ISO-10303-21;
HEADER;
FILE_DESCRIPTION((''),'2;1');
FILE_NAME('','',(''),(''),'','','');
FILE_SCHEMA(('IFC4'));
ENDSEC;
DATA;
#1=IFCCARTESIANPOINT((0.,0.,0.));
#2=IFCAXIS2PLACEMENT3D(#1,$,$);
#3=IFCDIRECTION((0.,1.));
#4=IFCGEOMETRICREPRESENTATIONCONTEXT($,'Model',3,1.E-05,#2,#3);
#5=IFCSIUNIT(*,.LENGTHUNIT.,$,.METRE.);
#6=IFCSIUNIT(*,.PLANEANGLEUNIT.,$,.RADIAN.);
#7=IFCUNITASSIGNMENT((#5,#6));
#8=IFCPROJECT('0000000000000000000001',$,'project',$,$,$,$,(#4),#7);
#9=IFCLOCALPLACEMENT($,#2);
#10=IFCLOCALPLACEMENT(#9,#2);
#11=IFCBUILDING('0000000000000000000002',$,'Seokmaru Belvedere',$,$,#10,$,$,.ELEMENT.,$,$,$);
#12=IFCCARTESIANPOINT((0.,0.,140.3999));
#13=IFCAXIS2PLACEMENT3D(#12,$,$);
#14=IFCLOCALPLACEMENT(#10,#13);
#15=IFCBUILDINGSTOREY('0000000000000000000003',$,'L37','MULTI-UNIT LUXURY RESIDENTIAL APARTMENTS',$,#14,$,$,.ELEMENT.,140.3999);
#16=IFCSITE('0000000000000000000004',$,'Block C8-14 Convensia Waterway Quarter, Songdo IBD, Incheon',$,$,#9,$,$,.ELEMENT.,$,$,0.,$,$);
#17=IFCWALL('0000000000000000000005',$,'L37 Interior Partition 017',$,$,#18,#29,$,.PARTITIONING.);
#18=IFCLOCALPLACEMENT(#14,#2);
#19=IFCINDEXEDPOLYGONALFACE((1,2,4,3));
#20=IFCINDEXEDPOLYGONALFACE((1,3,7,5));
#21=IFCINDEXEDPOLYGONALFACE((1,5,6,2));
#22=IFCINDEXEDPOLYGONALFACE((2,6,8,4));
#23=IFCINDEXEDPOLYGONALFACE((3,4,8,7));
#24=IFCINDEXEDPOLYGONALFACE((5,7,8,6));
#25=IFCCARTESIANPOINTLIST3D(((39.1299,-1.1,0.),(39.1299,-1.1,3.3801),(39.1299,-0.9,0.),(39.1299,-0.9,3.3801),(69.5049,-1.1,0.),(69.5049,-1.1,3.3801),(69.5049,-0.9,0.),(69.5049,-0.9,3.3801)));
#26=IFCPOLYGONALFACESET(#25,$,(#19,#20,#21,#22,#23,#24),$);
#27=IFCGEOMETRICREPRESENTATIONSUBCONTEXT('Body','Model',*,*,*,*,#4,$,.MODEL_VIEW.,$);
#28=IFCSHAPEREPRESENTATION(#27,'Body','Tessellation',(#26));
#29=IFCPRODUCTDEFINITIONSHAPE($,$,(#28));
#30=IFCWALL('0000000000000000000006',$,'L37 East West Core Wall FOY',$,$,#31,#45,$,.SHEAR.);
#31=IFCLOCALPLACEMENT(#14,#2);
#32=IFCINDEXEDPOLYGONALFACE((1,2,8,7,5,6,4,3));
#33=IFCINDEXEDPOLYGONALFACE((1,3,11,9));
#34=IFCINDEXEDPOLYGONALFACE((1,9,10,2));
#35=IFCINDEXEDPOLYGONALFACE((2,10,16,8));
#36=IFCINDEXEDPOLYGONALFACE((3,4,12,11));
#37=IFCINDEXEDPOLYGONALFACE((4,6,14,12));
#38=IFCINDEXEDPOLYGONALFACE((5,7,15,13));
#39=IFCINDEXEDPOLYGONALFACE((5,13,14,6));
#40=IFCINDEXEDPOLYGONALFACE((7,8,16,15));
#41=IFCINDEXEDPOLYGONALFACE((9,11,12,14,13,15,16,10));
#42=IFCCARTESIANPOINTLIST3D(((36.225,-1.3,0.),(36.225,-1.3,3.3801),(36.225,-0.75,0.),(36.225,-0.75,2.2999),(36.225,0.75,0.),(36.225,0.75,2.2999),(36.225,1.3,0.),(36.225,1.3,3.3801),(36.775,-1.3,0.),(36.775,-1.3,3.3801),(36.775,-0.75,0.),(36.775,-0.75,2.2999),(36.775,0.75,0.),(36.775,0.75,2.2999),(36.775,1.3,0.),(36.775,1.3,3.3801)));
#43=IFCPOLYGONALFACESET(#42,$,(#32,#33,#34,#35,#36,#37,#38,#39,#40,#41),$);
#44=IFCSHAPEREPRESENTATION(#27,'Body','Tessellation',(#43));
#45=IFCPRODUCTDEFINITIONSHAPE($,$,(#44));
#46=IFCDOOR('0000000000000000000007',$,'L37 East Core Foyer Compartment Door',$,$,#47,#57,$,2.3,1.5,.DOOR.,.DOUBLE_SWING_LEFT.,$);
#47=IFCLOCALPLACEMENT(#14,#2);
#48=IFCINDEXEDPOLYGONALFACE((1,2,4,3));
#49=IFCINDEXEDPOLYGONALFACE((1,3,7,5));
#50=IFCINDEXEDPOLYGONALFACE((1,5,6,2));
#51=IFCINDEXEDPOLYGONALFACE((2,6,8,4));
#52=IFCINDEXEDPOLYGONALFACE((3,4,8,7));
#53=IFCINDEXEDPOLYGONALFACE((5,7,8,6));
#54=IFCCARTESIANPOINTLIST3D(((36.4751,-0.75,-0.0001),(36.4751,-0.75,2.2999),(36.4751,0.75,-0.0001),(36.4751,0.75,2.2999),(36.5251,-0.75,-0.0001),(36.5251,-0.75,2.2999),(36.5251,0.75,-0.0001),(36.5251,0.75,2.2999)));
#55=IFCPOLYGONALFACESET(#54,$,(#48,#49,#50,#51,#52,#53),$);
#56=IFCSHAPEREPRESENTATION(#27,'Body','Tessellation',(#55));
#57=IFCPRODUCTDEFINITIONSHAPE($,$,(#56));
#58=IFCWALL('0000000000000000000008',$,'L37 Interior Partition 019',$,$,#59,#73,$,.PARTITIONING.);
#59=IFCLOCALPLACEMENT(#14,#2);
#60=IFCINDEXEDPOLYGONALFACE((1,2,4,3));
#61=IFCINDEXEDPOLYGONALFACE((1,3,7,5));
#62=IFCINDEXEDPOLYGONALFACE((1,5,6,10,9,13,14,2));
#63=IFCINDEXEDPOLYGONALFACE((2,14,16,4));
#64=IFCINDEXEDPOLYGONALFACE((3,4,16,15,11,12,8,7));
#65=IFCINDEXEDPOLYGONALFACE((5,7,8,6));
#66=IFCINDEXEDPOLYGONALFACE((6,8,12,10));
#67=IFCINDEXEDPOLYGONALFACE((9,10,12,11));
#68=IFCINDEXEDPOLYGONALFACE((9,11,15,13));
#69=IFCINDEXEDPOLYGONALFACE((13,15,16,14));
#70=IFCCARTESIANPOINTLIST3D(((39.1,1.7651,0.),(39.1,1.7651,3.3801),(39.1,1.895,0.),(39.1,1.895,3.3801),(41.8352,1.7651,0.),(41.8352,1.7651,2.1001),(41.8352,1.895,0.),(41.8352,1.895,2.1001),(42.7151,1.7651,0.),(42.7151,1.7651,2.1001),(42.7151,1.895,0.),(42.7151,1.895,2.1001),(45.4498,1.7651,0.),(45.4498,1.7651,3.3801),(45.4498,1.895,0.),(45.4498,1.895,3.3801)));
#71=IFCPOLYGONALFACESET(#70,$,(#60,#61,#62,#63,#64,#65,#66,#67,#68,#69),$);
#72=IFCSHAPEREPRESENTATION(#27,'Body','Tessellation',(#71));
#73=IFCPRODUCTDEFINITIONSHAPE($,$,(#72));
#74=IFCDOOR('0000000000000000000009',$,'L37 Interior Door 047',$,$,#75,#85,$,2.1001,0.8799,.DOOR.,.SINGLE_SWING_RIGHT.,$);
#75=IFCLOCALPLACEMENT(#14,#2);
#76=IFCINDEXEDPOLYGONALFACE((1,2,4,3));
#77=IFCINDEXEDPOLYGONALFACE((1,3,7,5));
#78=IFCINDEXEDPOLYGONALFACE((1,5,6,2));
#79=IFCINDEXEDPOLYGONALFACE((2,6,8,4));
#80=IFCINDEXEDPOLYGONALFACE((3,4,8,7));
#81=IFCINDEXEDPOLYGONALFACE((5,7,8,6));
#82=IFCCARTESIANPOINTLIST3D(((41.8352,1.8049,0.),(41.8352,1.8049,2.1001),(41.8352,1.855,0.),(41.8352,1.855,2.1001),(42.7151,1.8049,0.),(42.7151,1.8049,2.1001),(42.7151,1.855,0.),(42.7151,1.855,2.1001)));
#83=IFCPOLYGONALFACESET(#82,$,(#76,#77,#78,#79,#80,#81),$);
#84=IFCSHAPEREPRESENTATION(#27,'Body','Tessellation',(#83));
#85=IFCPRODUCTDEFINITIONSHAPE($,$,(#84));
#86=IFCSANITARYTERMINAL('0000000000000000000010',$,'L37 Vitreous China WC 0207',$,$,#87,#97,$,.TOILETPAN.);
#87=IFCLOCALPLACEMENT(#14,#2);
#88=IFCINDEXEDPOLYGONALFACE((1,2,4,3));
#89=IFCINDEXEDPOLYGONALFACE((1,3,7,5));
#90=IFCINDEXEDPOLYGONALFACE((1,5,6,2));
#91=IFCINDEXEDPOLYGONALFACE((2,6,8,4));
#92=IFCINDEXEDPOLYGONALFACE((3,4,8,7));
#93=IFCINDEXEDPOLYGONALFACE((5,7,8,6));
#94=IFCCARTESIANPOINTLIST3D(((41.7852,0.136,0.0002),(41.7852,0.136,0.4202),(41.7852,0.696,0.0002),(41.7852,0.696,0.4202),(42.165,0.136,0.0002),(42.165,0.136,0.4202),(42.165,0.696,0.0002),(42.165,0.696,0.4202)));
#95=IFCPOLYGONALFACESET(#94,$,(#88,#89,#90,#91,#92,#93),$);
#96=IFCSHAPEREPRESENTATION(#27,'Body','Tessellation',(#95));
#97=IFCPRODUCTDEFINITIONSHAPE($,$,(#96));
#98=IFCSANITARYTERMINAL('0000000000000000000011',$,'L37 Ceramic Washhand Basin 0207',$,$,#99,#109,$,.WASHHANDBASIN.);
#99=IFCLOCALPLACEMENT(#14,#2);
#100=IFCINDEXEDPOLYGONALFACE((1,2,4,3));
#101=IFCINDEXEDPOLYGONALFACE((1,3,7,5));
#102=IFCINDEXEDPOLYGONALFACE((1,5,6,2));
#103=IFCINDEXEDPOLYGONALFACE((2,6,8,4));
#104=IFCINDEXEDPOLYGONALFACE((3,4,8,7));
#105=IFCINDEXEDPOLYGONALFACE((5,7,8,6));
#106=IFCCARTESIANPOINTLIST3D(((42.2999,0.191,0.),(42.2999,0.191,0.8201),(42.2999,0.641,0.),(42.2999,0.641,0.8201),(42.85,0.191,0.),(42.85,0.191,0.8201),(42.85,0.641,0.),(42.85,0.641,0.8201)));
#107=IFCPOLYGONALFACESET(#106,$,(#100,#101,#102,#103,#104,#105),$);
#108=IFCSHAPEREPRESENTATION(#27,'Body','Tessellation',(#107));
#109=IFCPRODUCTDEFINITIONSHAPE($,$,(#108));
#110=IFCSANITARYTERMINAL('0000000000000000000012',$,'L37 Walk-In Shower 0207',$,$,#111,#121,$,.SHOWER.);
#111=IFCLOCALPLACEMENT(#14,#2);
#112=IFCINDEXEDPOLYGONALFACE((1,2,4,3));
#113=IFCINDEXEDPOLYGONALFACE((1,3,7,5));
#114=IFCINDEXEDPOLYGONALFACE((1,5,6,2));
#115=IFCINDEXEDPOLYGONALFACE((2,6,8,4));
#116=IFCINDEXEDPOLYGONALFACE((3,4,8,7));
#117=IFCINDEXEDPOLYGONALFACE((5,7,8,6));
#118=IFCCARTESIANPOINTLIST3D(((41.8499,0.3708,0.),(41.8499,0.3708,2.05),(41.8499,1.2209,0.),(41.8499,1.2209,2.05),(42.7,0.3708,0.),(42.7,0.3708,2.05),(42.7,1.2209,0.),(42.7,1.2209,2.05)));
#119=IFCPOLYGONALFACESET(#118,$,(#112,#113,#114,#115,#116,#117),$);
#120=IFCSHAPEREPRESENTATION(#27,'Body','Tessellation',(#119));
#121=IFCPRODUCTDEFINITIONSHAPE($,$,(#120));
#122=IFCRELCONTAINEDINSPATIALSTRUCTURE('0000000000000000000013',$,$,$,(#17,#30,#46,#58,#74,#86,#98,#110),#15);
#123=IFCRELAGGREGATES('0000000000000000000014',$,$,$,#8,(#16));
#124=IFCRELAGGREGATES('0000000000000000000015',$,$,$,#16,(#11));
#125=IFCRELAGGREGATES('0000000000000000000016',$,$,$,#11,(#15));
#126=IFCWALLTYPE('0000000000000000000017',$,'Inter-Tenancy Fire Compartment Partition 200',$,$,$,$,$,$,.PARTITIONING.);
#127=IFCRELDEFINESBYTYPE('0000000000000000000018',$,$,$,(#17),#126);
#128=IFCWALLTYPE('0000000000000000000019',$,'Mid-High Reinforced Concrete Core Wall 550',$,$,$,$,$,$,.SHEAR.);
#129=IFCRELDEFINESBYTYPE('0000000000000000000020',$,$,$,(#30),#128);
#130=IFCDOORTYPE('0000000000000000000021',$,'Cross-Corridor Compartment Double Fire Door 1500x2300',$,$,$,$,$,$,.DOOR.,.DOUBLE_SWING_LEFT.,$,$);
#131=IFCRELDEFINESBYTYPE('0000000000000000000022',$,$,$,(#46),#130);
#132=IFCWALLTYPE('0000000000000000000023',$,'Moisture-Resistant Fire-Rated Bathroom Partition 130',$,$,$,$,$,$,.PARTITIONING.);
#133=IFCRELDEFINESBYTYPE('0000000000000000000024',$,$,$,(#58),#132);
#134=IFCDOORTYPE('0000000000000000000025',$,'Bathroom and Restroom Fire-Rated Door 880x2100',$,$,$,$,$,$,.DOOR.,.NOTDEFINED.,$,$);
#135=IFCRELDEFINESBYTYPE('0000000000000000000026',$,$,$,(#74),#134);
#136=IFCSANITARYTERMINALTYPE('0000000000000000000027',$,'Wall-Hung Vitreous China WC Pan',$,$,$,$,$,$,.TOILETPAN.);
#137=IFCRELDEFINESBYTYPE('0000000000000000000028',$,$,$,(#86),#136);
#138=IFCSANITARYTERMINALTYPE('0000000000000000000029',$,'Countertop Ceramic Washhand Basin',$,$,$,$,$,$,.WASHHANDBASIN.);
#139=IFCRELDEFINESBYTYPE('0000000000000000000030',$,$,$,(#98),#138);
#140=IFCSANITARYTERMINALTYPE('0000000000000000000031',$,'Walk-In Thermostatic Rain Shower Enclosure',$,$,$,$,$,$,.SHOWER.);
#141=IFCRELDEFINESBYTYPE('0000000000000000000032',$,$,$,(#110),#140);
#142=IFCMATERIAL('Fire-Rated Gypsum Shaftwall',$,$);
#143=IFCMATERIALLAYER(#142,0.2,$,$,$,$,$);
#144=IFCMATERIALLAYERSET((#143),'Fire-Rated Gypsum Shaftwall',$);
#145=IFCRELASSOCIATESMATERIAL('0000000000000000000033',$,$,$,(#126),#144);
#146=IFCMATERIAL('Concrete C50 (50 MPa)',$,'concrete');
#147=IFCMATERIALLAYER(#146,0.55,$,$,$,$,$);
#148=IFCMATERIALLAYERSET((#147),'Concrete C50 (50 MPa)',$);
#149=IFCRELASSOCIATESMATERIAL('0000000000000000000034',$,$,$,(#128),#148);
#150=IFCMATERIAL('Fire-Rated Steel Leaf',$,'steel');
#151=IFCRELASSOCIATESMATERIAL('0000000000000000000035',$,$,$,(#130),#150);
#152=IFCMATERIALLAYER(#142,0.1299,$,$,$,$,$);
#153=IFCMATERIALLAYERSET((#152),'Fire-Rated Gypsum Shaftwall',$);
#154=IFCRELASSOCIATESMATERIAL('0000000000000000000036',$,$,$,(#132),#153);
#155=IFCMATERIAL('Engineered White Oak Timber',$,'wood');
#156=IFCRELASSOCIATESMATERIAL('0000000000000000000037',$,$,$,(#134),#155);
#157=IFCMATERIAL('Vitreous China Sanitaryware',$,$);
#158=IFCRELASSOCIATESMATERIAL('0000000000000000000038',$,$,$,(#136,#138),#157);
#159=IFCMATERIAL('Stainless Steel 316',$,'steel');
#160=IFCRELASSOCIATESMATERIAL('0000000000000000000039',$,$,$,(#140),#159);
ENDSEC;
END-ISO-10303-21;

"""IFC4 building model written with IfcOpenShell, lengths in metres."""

from ifc_helpers import new_model, si_unit, direction, frame, frame_2d, origin, origin_2d, place, context, subcontext, project, spatial, rectangle, extrude, source, transform, mapped, material, layer, layer_set, type_object, type_shapes, element, fill, save


model = new_model("IFC4")

# Units and contexts
model_context = context("Model", 3, precision=1e-05, world=origin(), true_north=direction((0.0, 1.0)))
body_context = subcontext(model_context, "Body", "Model", "MODEL_VIEW")
ifc_project = project(units=[si_unit("LENGTHUNIT", "METRE"), si_unit("PLANEANGLEUNIT", "RADIAN")], contexts=[model_context])

# Site, building, storey
site_placement = place(None, origin())
site = spatial("IfcSite", under=ifc_project, at=site_placement, Name="Block C8-14 Convensia Waterway Quarter, Songdo IBD, Incheon", CompositionType="ELEMENT", RefElevation=0.0)
building_placement = place(site_placement, origin())
building = spatial("IfcBuilding", under=site, at=building_placement, Name="Seokmaru Belvedere", CompositionType="ELEMENT")
storey_placement = place(building_placement, frame((0.0, 0.0, 140.3999)))
storey = spatial("IfcBuildingStorey", under=building, at=storey_placement, Name="L37", Description="MULTI-UNIT LUXURY RESIDENTIAL APARTMENTS", CompositionType="ELEMENT", Elevation=140.3999)

# Shared definitions
ifc_material_1 = material(Name="Fire-Rated Gypsum Shaftwall")
ifc_material_2 = material(Name="Engineered White Oak Timber", Category="wood")

# Wall
ifc_layer_1 = layer(ifc_material_1, 0.2)
ifc_layer_set_1 = layer_set([ifc_layer_1], Name="Fire-Rated Gypsum Shaftwall")
wall_type_1 = type_object("IfcWallType", Name="Inter-Tenancy Fire Compartment Partition 200", PredefinedType="PARTITIONING", material=ifc_layer_set_1)
wall_1_placement = place(storey_placement, frame((39.1299, -1.0, 0.0), z_axis=(0.0, 0.0, 1.0), x_axis=(1.0, 0.0, 0.0)))
element("IfcWall", 1, at=wall_1_placement, inside=storey, type_object=wall_type_1, Name="L37 Interior Partition 017", PredefinedType="PARTITIONING", context=body_context, shape_type="SweptSolid", body=[
    extrude(rectangle(XDim=30.375, YDim=0.2, at=frame_2d((15.1875, 0.0))), origin(), (0.0, 0.0, 1.0), 3.3801),
])

# Walls, openings, doors
ifc_material_3 = material(Name="Concrete C50 (50 MPa)", Category="concrete")
ifc_layer_2 = layer(ifc_material_3, 0.55)
ifc_layer_set_2 = layer_set([ifc_layer_2], Name="Concrete C50 (50 MPa)")
wall_type_2 = type_object("IfcWallType", Name="Mid-High Reinforced Concrete Core Wall 550", PredefinedType="SHEAR", material=ifc_layer_set_2)
wall_2_placement = place(storey_placement, frame((36.5, -1.3, 0.0), z_axis=(0.0, 0.0, 1.0), x_axis=(0.0, 1.0, 0.0)))
wall_2 = element("IfcWall", 2, at=wall_2_placement, inside=storey, type_object=wall_type_2, Name="L37 East West Core Wall FOY", PredefinedType="SHEAR", context=body_context, shape_type="SweptSolid", body=[
    extrude(rectangle(XDim=2.6001, YDim=0.55, at=frame_2d((1.3, 0.0))), origin(), (0.0, 0.0, 1.0), 3.3801),
])
opening_1_placement = place(wall_2_placement, frame((0.55, 0.0, 0.0)))
opening_1 = element("IfcOpeningElement", 3, at=opening_1_placement, cuts=wall_2, PredefinedType="OPENING", context=body_context, shape_type="SweptSolid", body=[
    extrude(rectangle(XDim=1.5, YDim=2.3, at=frame_2d((0.75, 1.1499))), frame((0.0, 0.2852, 0.0), z_axis=(0.0, -1.0, 0.0), x_axis=(1.0, 0.0, 0.0)), (0.0, 0.0, 1.0), 0.5701),
])
ifc_material_4 = material(Name="Fire-Rated Steel Leaf", Category="steel")
door_type_1 = type_object("IfcDoorType", Name="Cross-Corridor Compartment Double Fire Door 1500x2300", OperationType="DOUBLE_SWING_LEFT", PredefinedType="DOOR", material=ifc_material_4)
shared_shape_1 = source(origin(), body_context, "Body", "SweptSolid", [
    extrude(rectangle(XDim=1.5, YDim=2.3, at=frame_2d((0.75, 1.1499))), frame((0.0, 0.0249, 0.0), z_axis=(0.0, -1.0, 0.0), x_axis=(1.0, 0.0, 0.0)), (0.0, 0.0, 1.0), 0.05),
])
type_shapes(door_type_1, [shared_shape_1])
door_1_placement = place(opening_1_placement, origin())
door_1 = element("IfcDoor", 4, at=door_1_placement, inside=storey, type_object=door_type_1, Name="L37 East Core Foyer Compartment Door", OperationType="DOUBLE_SWING_LEFT", OverallHeight=2.3, OverallWidth=1.5, PredefinedType="DOOR", context=body_context, shape_type="MappedRepresentation", body=[
    mapped(shared_shape_1, transform((0.0, 0.0, 0.0), scale=1.0)),
])
fill(opening_1, door_1)
ifc_layer_3 = layer(ifc_material_1, 0.1299)
ifc_layer_set_3 = layer_set([ifc_layer_3], Name="Fire-Rated Gypsum Shaftwall")
wall_type_3 = type_object("IfcWallType", Name="Moisture-Resistant Fire-Rated Bathroom Partition 130", PredefinedType="PARTITIONING", material=ifc_layer_set_3)
wall_3_placement = place(storey_placement, frame((39.1001, 1.8301, 0.0), z_axis=(0.0, 0.0, 1.0), x_axis=(1.0, 0.0, 0.0)))
wall_3 = element("IfcWall", 5, at=wall_3_placement, inside=storey, type_object=wall_type_3, Name="L37 Interior Partition 019", PredefinedType="PARTITIONING", context=body_context, shape_type="SweptSolid", body=[
    extrude(rectangle(XDim=6.3499, YDim=0.1299, at=frame_2d((3.1748, 0.0))), origin(), (0.0, 0.0, 1.0), 3.3801),
])
opening_2_placement = place(wall_3_placement, frame((2.7351, 0.0, 0.0)))
opening_2 = element("IfcOpeningElement", 6, at=opening_2_placement, cuts=wall_3, PredefinedType="OPENING", context=body_context, shape_type="SweptSolid", body=[
    extrude(rectangle(XDim=0.8799, YDim=2.1001, at=frame_2d((0.4399, 1.05))), frame((0.0, 0.075, 0.0), z_axis=(0.0, -1.0, 0.0), x_axis=(1.0, 0.0, 0.0)), (0.0, 0.0, 1.0), 0.1499),
])
door_type_2 = type_object("IfcDoorType", Name="Bathroom and Restroom Fire-Rated Door 880x2100", OperationType="NOTDEFINED", PredefinedType="DOOR", material=ifc_material_2)
shared_shape_2 = source(origin(), body_context, "Body", "SweptSolid", [
    extrude(rectangle(XDim=0.8799, YDim=2.1001, at=frame_2d((0.4399, 1.05))), frame((0.0, 0.0249, 0.0), z_axis=(0.0, -1.0, 0.0), x_axis=(1.0, 0.0, 0.0)), (0.0, 0.0, 1.0), 0.05),
])
type_shapes(door_type_2, [shared_shape_2])
door_2_placement = place(opening_2_placement, origin())
door_2 = element("IfcDoor", 7, at=door_2_placement, inside=storey, type_object=door_type_2, Name="L37 Interior Door 047", OperationType="SINGLE_SWING_RIGHT", OverallHeight=2.1001, OverallWidth=0.8799, PredefinedType="DOOR", context=body_context, shape_type="MappedRepresentation", body=[
    mapped(shared_shape_2, transform((0.0, 0.0, 0.0), scale=1.0)),
])
fill(opening_2, door_2)

# Sanitary terminals
ifc_material_5 = material(Name="Vitreous China Sanitaryware")
sanitary_terminal_type_1 = type_object("IfcSanitaryTerminalType", Name="Wall-Hung Vitreous China WC Pan", PredefinedType="TOILETPAN", material=ifc_material_5)
shared_shape_3 = source(origin(), body_context, "Body", "SweptSolid", [
    extrude(rectangle(XDim=0.3799, YDim=0.5601, at=origin_2d()), origin(), (0.0, 0.0, 1.0), 0.4199),
])
type_shapes(sanitary_terminal_type_1, [shared_shape_3])
sanitary_terminal_1_placement = place(storey_placement, frame((41.9751, 0.416, 0.0002), z_axis=(0.0, 0.0, 1.0), x_axis=(1.0, 0.0, 0.0)))
element("IfcSanitaryTerminal", 8, at=sanitary_terminal_1_placement, inside=storey, type_object=sanitary_terminal_type_1, Name="L37 Vitreous China WC 0207", PredefinedType="TOILETPAN", context=body_context, shape_type="MappedRepresentation", body=[
    mapped(shared_shape_3, transform((0.0, 0.0, 0.0), scale=1.0)),
])
sanitary_terminal_type_2 = type_object("IfcSanitaryTerminalType", Name="Countertop Ceramic Washhand Basin", PredefinedType="WASHHANDBASIN", material=ifc_material_5)
shared_shape_4 = source(origin(), body_context, "Body", "SweptSolid", [
    extrude(rectangle(XDim=0.55, YDim=0.45, at=origin_2d()), origin(), (0.0, 0.0, 1.0), 0.8201),
])
type_shapes(sanitary_terminal_type_2, [shared_shape_4])
sanitary_terminal_2_placement = place(storey_placement, frame((42.575, 0.416, 0.0), z_axis=(0.0, 0.0, 1.0), x_axis=(1.0, 0.0, 0.0)))
element("IfcSanitaryTerminal", 9, at=sanitary_terminal_2_placement, inside=storey, type_object=sanitary_terminal_type_2, Name="L37 Ceramic Washhand Basin 0207", PredefinedType="WASHHANDBASIN", context=body_context, shape_type="MappedRepresentation", body=[
    mapped(shared_shape_4, transform((0.0, 0.0, 0.0), scale=1.0)),
])
ifc_material_6 = material(Name="Stainless Steel 316", Category="steel")
sanitary_terminal_type_3 = type_object("IfcSanitaryTerminalType", Name="Walk-In Thermostatic Rain Shower Enclosure", PredefinedType="SHOWER", material=ifc_material_6)
shared_shape_5 = source(origin(), body_context, "Body", "SweptSolid", [
    extrude(rectangle(XDim=0.8501, YDim=0.8501, at=origin_2d()), origin(), (0.0, 0.0, 1.0), 2.05),
])
type_shapes(sanitary_terminal_type_3, [shared_shape_5])
sanitary_terminal_3_placement = place(storey_placement, frame((42.2749, 0.7959, 0.0), z_axis=(0.0, 0.0, 1.0), x_axis=(1.0, 0.0, 0.0)))
element("IfcSanitaryTerminal", 10, at=sanitary_terminal_3_placement, inside=storey, type_object=sanitary_terminal_type_3, Name="L37 Walk-In Shower 0207", PredefinedType="SHOWER", context=body_context, shape_type="MappedRepresentation", body=[
    mapped(shared_shape_5, transform((0.0, 0.0, 0.0), scale=1.0)),
])

save(model, "model.ifc")
